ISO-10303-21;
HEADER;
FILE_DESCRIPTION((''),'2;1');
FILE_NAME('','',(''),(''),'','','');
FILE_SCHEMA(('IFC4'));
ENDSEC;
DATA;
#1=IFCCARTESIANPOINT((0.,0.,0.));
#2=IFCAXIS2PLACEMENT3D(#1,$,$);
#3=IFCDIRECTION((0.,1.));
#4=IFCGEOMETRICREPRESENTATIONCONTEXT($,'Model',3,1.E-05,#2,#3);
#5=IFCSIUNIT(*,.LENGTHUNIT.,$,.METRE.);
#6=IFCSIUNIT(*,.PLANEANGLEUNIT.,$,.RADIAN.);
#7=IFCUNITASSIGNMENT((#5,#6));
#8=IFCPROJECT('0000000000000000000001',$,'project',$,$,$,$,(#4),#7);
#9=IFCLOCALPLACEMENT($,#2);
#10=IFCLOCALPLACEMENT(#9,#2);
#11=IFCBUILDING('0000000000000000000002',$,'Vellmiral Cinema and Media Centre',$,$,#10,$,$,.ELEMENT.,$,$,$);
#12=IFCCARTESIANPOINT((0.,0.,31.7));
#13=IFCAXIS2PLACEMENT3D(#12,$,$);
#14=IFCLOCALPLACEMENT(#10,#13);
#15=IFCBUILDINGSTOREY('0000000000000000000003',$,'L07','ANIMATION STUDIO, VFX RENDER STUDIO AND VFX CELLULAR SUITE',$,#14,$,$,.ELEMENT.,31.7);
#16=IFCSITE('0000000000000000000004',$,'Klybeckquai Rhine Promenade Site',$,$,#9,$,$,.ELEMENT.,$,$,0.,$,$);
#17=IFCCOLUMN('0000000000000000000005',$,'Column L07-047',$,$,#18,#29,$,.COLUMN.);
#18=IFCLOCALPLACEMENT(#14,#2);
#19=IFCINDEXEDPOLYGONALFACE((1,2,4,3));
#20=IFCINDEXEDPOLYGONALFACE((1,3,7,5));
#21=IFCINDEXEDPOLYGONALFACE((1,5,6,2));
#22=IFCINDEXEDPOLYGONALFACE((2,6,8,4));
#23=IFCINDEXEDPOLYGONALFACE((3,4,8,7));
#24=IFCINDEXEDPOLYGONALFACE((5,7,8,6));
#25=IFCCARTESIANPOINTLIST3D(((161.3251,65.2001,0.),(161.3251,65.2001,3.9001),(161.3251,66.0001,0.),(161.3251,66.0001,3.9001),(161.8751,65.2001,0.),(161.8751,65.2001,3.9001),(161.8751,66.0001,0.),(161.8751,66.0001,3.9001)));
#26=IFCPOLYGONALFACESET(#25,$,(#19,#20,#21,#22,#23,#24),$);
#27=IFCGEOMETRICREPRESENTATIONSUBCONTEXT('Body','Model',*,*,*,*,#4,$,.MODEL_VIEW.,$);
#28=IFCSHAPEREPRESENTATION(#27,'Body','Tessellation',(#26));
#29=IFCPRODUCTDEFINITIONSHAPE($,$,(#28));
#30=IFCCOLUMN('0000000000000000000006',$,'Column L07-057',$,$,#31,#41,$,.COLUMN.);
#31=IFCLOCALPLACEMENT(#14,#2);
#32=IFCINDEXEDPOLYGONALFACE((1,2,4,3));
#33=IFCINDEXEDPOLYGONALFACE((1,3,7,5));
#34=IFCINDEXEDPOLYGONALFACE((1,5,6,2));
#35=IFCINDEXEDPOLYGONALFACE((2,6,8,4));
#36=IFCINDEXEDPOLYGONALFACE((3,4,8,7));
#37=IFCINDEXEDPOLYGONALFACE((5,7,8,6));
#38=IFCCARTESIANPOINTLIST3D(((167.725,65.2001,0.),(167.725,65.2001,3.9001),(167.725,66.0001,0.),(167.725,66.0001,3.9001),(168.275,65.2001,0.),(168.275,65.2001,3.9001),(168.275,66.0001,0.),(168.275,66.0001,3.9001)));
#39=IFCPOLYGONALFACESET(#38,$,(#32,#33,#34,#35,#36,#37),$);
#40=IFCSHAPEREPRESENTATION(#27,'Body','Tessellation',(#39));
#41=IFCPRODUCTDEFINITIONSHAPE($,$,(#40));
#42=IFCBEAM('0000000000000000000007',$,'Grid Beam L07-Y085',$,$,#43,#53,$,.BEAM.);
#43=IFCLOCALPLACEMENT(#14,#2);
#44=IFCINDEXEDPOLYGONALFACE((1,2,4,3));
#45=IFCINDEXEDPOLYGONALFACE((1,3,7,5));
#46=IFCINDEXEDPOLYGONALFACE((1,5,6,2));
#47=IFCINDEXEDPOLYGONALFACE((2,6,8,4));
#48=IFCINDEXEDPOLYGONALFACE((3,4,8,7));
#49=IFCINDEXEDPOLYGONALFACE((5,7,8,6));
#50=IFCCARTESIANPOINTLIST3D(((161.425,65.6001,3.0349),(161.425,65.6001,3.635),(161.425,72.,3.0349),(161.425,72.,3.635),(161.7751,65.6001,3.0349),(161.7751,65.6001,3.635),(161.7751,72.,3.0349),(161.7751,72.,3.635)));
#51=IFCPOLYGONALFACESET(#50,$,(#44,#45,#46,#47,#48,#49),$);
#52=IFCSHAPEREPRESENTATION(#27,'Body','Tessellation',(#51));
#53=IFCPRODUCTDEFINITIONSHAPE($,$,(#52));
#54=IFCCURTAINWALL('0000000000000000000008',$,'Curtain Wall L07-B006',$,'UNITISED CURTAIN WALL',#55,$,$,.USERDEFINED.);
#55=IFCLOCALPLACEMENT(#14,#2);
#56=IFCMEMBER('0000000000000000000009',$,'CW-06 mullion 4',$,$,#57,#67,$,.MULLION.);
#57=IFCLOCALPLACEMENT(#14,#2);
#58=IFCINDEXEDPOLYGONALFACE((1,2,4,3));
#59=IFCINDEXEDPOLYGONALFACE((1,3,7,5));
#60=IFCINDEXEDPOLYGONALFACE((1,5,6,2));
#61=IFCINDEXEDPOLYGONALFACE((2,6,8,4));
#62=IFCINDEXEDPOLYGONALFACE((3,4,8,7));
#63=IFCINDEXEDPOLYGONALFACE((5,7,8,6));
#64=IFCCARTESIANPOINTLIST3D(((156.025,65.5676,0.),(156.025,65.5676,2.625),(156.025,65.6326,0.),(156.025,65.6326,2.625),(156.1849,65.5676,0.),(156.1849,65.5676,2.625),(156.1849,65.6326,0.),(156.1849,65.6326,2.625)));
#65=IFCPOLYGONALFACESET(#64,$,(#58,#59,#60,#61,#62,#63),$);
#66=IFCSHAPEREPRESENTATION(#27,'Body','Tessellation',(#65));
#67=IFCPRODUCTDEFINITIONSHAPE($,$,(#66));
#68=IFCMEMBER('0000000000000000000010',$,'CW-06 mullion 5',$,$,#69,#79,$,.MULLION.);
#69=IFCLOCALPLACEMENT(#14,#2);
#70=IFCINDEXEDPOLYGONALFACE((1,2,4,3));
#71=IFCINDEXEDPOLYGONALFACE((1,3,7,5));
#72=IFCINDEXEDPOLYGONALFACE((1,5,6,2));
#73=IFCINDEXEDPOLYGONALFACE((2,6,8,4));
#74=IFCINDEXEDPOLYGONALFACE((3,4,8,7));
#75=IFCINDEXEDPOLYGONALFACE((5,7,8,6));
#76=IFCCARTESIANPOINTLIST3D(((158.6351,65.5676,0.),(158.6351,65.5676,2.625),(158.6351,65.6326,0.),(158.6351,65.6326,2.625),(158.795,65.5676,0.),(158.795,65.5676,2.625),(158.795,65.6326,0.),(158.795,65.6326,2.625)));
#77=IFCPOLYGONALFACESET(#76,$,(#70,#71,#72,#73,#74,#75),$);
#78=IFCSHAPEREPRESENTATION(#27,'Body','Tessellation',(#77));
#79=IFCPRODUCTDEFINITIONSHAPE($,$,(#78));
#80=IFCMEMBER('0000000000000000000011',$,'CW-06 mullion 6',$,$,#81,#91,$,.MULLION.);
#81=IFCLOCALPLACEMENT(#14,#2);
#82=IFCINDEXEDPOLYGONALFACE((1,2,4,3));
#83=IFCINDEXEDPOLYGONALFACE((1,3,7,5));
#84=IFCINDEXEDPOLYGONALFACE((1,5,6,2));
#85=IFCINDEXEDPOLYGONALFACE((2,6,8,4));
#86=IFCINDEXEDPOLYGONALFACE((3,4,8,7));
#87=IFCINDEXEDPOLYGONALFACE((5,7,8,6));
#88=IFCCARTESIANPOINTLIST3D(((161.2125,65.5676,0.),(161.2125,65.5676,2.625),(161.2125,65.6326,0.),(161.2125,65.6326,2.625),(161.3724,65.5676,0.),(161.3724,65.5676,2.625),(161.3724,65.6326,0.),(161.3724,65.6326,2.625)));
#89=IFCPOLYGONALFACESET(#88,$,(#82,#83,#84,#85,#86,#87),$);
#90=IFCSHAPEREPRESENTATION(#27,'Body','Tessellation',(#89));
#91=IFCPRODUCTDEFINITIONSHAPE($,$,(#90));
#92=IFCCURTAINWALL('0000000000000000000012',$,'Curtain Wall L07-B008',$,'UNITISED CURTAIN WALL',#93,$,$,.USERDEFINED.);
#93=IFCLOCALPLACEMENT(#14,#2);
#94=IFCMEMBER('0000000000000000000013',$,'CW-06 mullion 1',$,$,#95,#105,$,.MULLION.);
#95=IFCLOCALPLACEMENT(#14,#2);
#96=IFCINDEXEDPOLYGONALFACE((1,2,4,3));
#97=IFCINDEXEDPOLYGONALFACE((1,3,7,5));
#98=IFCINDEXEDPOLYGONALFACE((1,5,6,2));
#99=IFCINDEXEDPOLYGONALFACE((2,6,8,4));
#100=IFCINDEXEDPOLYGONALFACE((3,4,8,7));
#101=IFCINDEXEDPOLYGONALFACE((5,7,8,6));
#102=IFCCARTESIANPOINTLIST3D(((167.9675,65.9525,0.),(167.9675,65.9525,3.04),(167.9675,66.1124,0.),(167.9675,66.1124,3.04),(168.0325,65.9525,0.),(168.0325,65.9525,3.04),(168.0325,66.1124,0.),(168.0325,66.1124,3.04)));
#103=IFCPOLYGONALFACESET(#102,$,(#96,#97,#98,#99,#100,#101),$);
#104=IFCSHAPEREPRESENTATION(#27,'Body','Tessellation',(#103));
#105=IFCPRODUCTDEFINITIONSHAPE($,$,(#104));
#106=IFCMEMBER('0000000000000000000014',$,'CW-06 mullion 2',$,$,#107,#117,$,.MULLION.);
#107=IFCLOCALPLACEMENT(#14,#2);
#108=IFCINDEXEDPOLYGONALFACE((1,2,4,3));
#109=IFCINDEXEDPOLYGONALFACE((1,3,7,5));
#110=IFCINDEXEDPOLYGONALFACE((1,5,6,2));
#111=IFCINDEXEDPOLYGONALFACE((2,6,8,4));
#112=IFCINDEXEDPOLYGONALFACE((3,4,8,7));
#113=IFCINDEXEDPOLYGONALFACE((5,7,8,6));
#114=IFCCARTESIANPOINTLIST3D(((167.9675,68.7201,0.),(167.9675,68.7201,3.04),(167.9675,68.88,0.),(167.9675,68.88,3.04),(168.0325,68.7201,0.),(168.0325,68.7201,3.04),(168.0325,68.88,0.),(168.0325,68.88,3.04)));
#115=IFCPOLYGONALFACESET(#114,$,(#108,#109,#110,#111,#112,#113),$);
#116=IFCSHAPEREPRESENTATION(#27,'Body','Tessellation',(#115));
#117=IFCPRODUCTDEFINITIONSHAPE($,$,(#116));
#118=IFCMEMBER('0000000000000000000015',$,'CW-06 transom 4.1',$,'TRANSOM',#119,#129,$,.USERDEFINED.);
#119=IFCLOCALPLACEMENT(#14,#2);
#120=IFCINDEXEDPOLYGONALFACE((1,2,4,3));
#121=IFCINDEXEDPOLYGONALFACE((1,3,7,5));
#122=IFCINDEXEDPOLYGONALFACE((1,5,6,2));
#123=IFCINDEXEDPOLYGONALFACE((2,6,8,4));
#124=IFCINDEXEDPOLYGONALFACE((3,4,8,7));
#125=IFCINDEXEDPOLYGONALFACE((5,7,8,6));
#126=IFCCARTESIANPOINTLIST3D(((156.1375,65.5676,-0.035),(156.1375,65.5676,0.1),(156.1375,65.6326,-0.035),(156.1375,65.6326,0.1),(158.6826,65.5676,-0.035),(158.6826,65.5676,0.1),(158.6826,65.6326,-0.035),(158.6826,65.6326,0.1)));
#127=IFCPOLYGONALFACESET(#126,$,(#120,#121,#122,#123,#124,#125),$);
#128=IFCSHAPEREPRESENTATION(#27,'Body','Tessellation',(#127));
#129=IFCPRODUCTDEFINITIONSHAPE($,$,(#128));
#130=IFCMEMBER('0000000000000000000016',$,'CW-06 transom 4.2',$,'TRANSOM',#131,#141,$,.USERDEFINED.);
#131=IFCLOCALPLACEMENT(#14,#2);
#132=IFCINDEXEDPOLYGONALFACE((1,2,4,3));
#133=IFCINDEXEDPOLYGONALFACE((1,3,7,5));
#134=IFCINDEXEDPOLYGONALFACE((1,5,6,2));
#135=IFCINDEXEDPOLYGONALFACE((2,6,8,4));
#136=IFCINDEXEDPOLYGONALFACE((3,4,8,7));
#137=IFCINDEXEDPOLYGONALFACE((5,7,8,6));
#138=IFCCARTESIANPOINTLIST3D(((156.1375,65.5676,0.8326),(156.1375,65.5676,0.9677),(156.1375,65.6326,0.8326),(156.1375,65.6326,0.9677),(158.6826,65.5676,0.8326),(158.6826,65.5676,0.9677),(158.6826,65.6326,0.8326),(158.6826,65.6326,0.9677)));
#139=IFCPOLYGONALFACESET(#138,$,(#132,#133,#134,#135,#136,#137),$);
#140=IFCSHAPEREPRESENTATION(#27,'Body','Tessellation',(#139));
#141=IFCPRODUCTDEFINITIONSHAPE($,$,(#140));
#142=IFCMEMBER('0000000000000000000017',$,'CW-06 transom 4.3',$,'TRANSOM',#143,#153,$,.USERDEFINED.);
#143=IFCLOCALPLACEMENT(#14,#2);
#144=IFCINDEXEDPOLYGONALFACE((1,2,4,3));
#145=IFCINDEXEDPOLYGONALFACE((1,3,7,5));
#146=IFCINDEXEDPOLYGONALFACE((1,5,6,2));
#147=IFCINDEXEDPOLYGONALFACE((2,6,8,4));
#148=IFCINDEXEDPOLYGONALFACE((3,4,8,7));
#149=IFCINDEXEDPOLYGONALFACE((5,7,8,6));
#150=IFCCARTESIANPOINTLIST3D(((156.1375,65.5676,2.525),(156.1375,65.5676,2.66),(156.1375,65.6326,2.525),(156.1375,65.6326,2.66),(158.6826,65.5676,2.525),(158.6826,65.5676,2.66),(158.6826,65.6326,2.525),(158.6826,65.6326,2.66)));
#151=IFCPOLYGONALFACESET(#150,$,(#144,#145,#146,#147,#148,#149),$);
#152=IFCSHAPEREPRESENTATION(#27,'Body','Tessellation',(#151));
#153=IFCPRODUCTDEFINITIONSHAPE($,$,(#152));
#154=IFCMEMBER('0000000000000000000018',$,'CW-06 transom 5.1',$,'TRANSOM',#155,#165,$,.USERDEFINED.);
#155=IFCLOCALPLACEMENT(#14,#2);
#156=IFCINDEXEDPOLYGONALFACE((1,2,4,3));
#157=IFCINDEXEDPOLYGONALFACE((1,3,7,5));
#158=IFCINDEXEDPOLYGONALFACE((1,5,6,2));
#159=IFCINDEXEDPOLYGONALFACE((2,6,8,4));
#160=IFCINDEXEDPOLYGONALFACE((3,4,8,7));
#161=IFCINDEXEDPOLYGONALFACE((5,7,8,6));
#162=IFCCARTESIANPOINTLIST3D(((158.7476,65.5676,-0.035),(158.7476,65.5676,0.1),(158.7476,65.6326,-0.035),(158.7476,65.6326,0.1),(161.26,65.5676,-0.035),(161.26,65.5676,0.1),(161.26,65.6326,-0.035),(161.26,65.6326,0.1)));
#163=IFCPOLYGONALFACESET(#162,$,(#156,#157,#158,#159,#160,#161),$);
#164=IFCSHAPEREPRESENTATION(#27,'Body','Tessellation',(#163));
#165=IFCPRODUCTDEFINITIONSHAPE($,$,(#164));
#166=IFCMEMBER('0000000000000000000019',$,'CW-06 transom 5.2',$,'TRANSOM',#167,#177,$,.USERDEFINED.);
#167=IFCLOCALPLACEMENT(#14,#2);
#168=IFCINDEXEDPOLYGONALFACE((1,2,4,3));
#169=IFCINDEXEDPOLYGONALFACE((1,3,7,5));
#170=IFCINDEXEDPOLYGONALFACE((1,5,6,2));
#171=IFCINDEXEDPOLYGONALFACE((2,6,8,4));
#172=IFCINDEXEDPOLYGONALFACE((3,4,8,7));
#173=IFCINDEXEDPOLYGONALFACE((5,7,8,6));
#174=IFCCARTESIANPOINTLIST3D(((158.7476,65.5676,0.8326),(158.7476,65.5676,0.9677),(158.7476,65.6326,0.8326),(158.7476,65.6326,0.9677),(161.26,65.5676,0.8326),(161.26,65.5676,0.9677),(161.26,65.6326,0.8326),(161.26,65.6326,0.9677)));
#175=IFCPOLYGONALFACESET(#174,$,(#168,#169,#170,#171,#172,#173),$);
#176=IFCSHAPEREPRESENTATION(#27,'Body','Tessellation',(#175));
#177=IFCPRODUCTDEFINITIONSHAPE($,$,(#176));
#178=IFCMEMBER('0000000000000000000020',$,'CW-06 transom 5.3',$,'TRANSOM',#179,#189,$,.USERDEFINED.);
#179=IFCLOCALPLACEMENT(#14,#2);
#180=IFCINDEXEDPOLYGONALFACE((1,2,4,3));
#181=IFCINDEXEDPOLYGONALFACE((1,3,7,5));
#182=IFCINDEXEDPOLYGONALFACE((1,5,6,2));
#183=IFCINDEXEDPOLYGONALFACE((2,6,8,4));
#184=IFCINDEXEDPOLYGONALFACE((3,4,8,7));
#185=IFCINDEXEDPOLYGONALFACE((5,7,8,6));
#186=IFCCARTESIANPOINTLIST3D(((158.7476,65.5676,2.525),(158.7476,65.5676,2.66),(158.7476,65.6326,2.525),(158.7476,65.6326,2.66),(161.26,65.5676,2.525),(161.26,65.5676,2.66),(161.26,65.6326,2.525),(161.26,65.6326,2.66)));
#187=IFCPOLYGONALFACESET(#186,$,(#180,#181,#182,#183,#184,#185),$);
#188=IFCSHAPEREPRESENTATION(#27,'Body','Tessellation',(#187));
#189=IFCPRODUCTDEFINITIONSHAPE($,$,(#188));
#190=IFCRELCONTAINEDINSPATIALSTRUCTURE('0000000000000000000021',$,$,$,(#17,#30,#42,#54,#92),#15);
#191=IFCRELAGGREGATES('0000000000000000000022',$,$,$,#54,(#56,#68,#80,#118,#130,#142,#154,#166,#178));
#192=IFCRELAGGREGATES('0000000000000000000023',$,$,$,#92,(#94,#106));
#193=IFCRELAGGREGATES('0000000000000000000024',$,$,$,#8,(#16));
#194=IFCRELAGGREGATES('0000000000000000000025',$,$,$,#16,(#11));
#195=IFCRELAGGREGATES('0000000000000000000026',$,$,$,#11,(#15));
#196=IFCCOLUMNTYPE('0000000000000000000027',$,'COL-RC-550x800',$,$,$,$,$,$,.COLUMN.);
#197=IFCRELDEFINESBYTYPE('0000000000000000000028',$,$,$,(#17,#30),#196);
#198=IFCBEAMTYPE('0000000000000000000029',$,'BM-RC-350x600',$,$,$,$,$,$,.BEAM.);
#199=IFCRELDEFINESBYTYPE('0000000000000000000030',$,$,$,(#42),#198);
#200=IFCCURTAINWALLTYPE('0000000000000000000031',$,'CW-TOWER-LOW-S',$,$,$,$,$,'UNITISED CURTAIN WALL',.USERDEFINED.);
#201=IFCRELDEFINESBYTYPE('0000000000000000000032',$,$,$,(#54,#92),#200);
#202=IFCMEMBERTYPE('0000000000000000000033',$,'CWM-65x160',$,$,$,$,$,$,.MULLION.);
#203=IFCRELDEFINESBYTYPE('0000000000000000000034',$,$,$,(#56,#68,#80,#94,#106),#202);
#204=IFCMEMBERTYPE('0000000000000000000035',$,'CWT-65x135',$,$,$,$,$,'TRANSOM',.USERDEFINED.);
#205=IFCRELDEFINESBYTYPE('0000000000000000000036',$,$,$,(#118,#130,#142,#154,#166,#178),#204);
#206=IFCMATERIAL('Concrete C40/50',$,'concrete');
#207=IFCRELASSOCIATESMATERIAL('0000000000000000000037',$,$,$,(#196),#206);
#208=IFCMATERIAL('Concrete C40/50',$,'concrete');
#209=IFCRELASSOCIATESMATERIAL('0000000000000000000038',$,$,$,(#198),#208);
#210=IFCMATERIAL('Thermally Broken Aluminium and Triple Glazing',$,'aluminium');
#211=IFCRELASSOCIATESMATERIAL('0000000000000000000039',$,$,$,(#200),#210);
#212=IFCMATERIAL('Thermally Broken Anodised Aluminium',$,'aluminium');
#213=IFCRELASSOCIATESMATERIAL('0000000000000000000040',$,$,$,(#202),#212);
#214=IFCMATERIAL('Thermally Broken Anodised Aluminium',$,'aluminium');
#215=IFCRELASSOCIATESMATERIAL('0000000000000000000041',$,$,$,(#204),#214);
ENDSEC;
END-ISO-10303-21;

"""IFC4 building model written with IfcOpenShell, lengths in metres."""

from ifc_helpers import new_model, si_unit, direction, frame, origin, origin_2d, place, context, subcontext, project, spatial, rectangle, extrude, material, material_profile, profile_set, type_object, element, aggregate, save


model = new_model("IFC4")

# Units and contexts
model_context = context("Model", 3, precision=1e-05, world=origin(), true_north=direction((0.0, 1.0)))
body_context = subcontext(model_context, "Body", "Model", "MODEL_VIEW")
ifc_project = project(units=[si_unit("LENGTHUNIT", "METRE"), si_unit("PLANEANGLEUNIT", "RADIAN")], contexts=[model_context])

# Site, building, storey
site_placement = place(None, origin())
site = spatial("IfcSite", under=ifc_project, at=site_placement, Name="Klybeckquai Rhine Promenade Site", CompositionType="ELEMENT", RefElevation=0.0)
building_placement = place(site_placement, origin())
building = spatial("IfcBuilding", under=site, at=building_placement, Name="Vellmiral Cinema and Media Centre", CompositionType="ELEMENT")
storey_placement = place(building_placement, frame((0.0, 0.0, 31.7)))
storey = spatial("IfcBuildingStorey", under=building, at=storey_placement, Name="L07", Description="ANIMATION STUDIO, VFX RENDER STUDIO AND VFX CELLULAR SUITE", CompositionType="ELEMENT", Elevation=31.7)

# Columns
ifc_material_1 = material(Name="Concrete C40/50", Category="concrete")
ifc_material_profile_1 = material_profile(ifc_material_1, rectangle(XDim=0.55, YDim=0.8, at=origin_2d()), Name="RC 550x800")
ifc_profile_set_1 = profile_set([ifc_material_profile_1], Name="Concrete C40/50")
column_type = type_object("IfcColumnType", Name="COL-RC-550x800", PredefinedType="COLUMN", material=ifc_profile_set_1)
for number, where, z_axis, x_axis, name in (
    (1, (161.6001, 65.6001, 0.0), (0.0, 0.0, 1.0), (1.0, 0.0, 0.0), "Column L07-047"),
    (2, (168.0, 65.6001, 0.0), (0.0, 0.0, 1.0), (1.0, 0.0, 0.0), "Column L07-057"),
):
    element("IfcColumn", number, at=place(storey_placement, frame(where, z_axis=z_axis, x_axis=x_axis)), inside=storey, type_object=column_type, Name=name, PredefinedType="COLUMN", context=body_context, shape_type="SweptSolid", body=[
        extrude(rectangle(XDim=0.55, YDim=0.8, at=origin_2d()), origin(), (0.0, 0.0, 1.0), 3.9001),
    ])

# Beam
ifc_material_2 = material(Name="Concrete C40/50", Category="concrete")
ifc_material_profile_2 = material_profile(ifc_material_2, rectangle(XDim=0.3501, YDim=0.6001, at=origin_2d()), Name="RC 350x600")
ifc_profile_set_2 = profile_set([ifc_material_profile_2], Name="Concrete C40/50")
beam_type_1 = type_object("IfcBeamType", Name="BM-RC-350x600", PredefinedType="BEAM", material=ifc_profile_set_2)
beam_1_placement = place(storey_placement, frame((161.6001, 65.6001, 3.335), z_axis=(0.0, 1.0, 0.0), x_axis=(-1.0, 0.0, 0.0)))
element("IfcBeam", 3, at=beam_1_placement, inside=storey, type_object=beam_type_1, Name="Grid Beam L07-Y085", PredefinedType="BEAM", context=body_context, shape_type="SweptSolid", body=[
    extrude(rectangle(XDim=0.3501, YDim=0.6001, at=origin_2d()), origin(), (0.0, 0.0, 1.0), 6.3999),
])

# Curtain walls, members
ifc_material_3 = material(Name="Thermally Broken Aluminium and Triple Glazing", Category="aluminium")
curtain_wall_type = type_object("IfcCurtainWallType", Name="CW-TOWER-LOW-S", ElementType="UNITISED CURTAIN WALL", PredefinedType="USERDEFINED", material=ifc_material_3)
curtain_wall_1_placement = place(storey_placement, origin())
curtain_wall_1 = element("IfcCurtainWall", 4, at=curtain_wall_1_placement, inside=storey, type_object=curtain_wall_type, Name="Curtain Wall L07-B006", ObjectType="UNITISED CURTAIN WALL", PredefinedType="USERDEFINED")
ifc_material_4 = material(Name="Thermally Broken Anodised Aluminium", Category="aluminium")
ifc_material_profile_3 = material_profile(ifc_material_4, rectangle(XDim=0.0649, YDim=0.1599, at=origin_2d()), Name="MULL 65x160")
ifc_profile_set_3 = profile_set([ifc_material_profile_3], Name="Thermally Broken Anodised Aluminium")
member_type_1 = type_object("IfcMemberType", Name="CWM-65x160", PredefinedType="MULLION", material=ifc_profile_set_3)
member_1_placement = place(storey_placement, frame((156.105, 65.6001, 0.0), z_axis=(0.0, 0.0, 1.0), x_axis=(0.0, 1.0, 0.0)))
member_1 = element("IfcMember", 5, at=member_1_placement, type_object=member_type_1, Name="CW-06 mullion 4", PredefinedType="MULLION", context=body_context, shape_type="SweptSolid", body=[
    extrude(rectangle(XDim=0.0649, YDim=0.1599, at=origin_2d()), origin(), (0.0, 0.0, 1.0), 2.625),
])
member_2_placement = place(storey_placement, frame((158.7151, 65.6001, 0.0), z_axis=(0.0, 0.0, 1.0), x_axis=(0.0, 1.0, 0.0)))
member_2 = element("IfcMember", 6, at=member_2_placement, type_object=member_type_1, Name="CW-06 mullion 5", PredefinedType="MULLION", context=body_context, shape_type="SweptSolid", body=[
    extrude(rectangle(XDim=0.0649, YDim=0.1599, at=origin_2d()), origin(), (0.0, 0.0, 1.0), 2.625),
])
member_3_placement = place(storey_placement, frame((161.2925, 65.6001, 0.0), z_axis=(0.0, 0.0, 1.0), x_axis=(0.0, 1.0, 0.0)))
member_3 = element("IfcMember", 7, at=member_3_placement, type_object=member_type_1, Name="CW-06 mullion 6", PredefinedType="MULLION", context=body_context, shape_type="SweptSolid", body=[
    extrude(rectangle(XDim=0.0649, YDim=0.1599, at=origin_2d()), origin(), (0.0, 0.0, 1.0), 2.625),
])
curtain_wall_2_placement = place(storey_placement, origin())
curtain_wall_2 = element("IfcCurtainWall", 8, at=curtain_wall_2_placement, inside=storey, type_object=curtain_wall_type, Name="Curtain Wall L07-B008", ObjectType="UNITISED CURTAIN WALL", PredefinedType="USERDEFINED")
member_4_placement = place(storey_placement, frame((168.0, 66.0325, 0.0), z_axis=(0.0, 0.0, 1.0), x_axis=(-1.0, 0.0, 0.0)))
member_4 = element("IfcMember", 9, at=member_4_placement, type_object=member_type_1, Name="CW-06 mullion 1", PredefinedType="MULLION", context=body_context, shape_type="SweptSolid", body=[
    extrude(rectangle(XDim=0.0649, YDim=0.1599, at=origin_2d()), origin(), (0.0, 0.0, 1.0), 3.04),
])
member_5_placement = place(storey_placement, frame((168.0, 68.8, 0.0), z_axis=(0.0, 0.0, 1.0), x_axis=(-1.0, 0.0, 0.0)))
member_5 = element("IfcMember", 10, at=member_5_placement, type_object=member_type_1, Name="CW-06 mullion 2", PredefinedType="MULLION", context=body_context, shape_type="SweptSolid", body=[
    extrude(rectangle(XDim=0.0649, YDim=0.1599, at=origin_2d()), origin(), (0.0, 0.0, 1.0), 3.04),
])

# Members
ifc_material_5 = material(Name="Thermally Broken Anodised Aluminium", Category="aluminium")
ifc_material_profile_4 = material_profile(ifc_material_5, rectangle(XDim=0.0649, YDim=0.135, at=origin_2d()), Name="MULL 65x135")
ifc_profile_set_4 = profile_set([ifc_material_profile_4], Name="Thermally Broken Anodised Aluminium")
member_type_2 = type_object("IfcMemberType", Name="CWT-65x135", ElementType="TRANSOM", PredefinedType="USERDEFINED", material=ifc_profile_set_4)
member_6_placement = place(storey_placement, frame((156.1375, 65.6001, 0.0325), z_axis=(1.0, 0.0, 0.0), x_axis=(0.0, 1.0, 0.0)))
member_6 = element("IfcMember", 11, at=member_6_placement, type_object=member_type_2, Name="CW-06 transom 4.1", ObjectType="TRANSOM", PredefinedType="USERDEFINED", context=body_context, shape_type="SweptSolid", body=[
    extrude(rectangle(XDim=0.0649, YDim=0.135, at=origin_2d()), origin(), (0.0, 0.0, 1.0), 2.5452),
])
member_7_placement = place(storey_placement, frame((156.1375, 65.6001, 0.9001), z_axis=(1.0, 0.0, 0.0), x_axis=(0.0, 1.0, 0.0)))
member_7 = element("IfcMember", 12, at=member_7_placement, type_object=member_type_2, Name="CW-06 transom 4.2", ObjectType="TRANSOM", PredefinedType="USERDEFINED", context=body_context, shape_type="SweptSolid", body=[
    extrude(rectangle(XDim=0.0649, YDim=0.135, at=origin_2d()), origin(), (0.0, 0.0, 1.0), 2.5452),
])
member_8_placement = place(storey_placement, frame((156.1375, 65.6001, 2.5925), z_axis=(1.0, 0.0, 0.0), x_axis=(0.0, 1.0, 0.0)))
member_8 = element("IfcMember", 13, at=member_8_placement, type_object=member_type_2, Name="CW-06 transom 4.3", ObjectType="TRANSOM", PredefinedType="USERDEFINED", context=body_context, shape_type="SweptSolid", body=[
    extrude(rectangle(XDim=0.0649, YDim=0.135, at=origin_2d()), origin(), (0.0, 0.0, 1.0), 2.5452),
])
member_9_placement = place(storey_placement, frame((158.7476, 65.6001, 0.0325), z_axis=(1.0, 0.0, 0.0), x_axis=(0.0, 1.0, 0.0)))
member_9 = element("IfcMember", 14, at=member_9_placement, type_object=member_type_2, Name="CW-06 transom 5.1", ObjectType="TRANSOM", PredefinedType="USERDEFINED", context=body_context, shape_type="SweptSolid", body=[
    extrude(rectangle(XDim=0.0649, YDim=0.135, at=origin_2d()), origin(), (0.0, 0.0, 1.0), 2.5125),
])
member_10_placement = place(storey_placement, frame((158.7476, 65.6001, 0.9001), z_axis=(1.0, 0.0, 0.0), x_axis=(0.0, 1.0, 0.0)))
member_10 = element("IfcMember", 15, at=member_10_placement, type_object=member_type_2, Name="CW-06 transom 5.2", ObjectType="TRANSOM", PredefinedType="USERDEFINED", context=body_context, shape_type="SweptSolid", body=[
    extrude(rectangle(XDim=0.0649, YDim=0.135, at=origin_2d()), origin(), (0.0, 0.0, 1.0), 2.5125),
])
member_11_placement = place(storey_placement, frame((158.7476, 65.6001, 2.5925), z_axis=(1.0, 0.0, 0.0), x_axis=(0.0, 1.0, 0.0)))
member_11 = element("IfcMember", 16, at=member_11_placement, type_object=member_type_2, Name="CW-06 transom 5.3", ObjectType="TRANSOM", PredefinedType="USERDEFINED", context=body_context, shape_type="SweptSolid", body=[
    extrude(rectangle(XDim=0.0649, YDim=0.135, at=origin_2d()), origin(), (0.0, 0.0, 1.0), 2.5125),
])

aggregate(curtain_wall_1, [member_1, member_2, member_3, member_6, member_7, member_8, member_9, member_10, member_11])
aggregate(curtain_wall_2, [member_4, member_5])

save(model, "model.ifc")
